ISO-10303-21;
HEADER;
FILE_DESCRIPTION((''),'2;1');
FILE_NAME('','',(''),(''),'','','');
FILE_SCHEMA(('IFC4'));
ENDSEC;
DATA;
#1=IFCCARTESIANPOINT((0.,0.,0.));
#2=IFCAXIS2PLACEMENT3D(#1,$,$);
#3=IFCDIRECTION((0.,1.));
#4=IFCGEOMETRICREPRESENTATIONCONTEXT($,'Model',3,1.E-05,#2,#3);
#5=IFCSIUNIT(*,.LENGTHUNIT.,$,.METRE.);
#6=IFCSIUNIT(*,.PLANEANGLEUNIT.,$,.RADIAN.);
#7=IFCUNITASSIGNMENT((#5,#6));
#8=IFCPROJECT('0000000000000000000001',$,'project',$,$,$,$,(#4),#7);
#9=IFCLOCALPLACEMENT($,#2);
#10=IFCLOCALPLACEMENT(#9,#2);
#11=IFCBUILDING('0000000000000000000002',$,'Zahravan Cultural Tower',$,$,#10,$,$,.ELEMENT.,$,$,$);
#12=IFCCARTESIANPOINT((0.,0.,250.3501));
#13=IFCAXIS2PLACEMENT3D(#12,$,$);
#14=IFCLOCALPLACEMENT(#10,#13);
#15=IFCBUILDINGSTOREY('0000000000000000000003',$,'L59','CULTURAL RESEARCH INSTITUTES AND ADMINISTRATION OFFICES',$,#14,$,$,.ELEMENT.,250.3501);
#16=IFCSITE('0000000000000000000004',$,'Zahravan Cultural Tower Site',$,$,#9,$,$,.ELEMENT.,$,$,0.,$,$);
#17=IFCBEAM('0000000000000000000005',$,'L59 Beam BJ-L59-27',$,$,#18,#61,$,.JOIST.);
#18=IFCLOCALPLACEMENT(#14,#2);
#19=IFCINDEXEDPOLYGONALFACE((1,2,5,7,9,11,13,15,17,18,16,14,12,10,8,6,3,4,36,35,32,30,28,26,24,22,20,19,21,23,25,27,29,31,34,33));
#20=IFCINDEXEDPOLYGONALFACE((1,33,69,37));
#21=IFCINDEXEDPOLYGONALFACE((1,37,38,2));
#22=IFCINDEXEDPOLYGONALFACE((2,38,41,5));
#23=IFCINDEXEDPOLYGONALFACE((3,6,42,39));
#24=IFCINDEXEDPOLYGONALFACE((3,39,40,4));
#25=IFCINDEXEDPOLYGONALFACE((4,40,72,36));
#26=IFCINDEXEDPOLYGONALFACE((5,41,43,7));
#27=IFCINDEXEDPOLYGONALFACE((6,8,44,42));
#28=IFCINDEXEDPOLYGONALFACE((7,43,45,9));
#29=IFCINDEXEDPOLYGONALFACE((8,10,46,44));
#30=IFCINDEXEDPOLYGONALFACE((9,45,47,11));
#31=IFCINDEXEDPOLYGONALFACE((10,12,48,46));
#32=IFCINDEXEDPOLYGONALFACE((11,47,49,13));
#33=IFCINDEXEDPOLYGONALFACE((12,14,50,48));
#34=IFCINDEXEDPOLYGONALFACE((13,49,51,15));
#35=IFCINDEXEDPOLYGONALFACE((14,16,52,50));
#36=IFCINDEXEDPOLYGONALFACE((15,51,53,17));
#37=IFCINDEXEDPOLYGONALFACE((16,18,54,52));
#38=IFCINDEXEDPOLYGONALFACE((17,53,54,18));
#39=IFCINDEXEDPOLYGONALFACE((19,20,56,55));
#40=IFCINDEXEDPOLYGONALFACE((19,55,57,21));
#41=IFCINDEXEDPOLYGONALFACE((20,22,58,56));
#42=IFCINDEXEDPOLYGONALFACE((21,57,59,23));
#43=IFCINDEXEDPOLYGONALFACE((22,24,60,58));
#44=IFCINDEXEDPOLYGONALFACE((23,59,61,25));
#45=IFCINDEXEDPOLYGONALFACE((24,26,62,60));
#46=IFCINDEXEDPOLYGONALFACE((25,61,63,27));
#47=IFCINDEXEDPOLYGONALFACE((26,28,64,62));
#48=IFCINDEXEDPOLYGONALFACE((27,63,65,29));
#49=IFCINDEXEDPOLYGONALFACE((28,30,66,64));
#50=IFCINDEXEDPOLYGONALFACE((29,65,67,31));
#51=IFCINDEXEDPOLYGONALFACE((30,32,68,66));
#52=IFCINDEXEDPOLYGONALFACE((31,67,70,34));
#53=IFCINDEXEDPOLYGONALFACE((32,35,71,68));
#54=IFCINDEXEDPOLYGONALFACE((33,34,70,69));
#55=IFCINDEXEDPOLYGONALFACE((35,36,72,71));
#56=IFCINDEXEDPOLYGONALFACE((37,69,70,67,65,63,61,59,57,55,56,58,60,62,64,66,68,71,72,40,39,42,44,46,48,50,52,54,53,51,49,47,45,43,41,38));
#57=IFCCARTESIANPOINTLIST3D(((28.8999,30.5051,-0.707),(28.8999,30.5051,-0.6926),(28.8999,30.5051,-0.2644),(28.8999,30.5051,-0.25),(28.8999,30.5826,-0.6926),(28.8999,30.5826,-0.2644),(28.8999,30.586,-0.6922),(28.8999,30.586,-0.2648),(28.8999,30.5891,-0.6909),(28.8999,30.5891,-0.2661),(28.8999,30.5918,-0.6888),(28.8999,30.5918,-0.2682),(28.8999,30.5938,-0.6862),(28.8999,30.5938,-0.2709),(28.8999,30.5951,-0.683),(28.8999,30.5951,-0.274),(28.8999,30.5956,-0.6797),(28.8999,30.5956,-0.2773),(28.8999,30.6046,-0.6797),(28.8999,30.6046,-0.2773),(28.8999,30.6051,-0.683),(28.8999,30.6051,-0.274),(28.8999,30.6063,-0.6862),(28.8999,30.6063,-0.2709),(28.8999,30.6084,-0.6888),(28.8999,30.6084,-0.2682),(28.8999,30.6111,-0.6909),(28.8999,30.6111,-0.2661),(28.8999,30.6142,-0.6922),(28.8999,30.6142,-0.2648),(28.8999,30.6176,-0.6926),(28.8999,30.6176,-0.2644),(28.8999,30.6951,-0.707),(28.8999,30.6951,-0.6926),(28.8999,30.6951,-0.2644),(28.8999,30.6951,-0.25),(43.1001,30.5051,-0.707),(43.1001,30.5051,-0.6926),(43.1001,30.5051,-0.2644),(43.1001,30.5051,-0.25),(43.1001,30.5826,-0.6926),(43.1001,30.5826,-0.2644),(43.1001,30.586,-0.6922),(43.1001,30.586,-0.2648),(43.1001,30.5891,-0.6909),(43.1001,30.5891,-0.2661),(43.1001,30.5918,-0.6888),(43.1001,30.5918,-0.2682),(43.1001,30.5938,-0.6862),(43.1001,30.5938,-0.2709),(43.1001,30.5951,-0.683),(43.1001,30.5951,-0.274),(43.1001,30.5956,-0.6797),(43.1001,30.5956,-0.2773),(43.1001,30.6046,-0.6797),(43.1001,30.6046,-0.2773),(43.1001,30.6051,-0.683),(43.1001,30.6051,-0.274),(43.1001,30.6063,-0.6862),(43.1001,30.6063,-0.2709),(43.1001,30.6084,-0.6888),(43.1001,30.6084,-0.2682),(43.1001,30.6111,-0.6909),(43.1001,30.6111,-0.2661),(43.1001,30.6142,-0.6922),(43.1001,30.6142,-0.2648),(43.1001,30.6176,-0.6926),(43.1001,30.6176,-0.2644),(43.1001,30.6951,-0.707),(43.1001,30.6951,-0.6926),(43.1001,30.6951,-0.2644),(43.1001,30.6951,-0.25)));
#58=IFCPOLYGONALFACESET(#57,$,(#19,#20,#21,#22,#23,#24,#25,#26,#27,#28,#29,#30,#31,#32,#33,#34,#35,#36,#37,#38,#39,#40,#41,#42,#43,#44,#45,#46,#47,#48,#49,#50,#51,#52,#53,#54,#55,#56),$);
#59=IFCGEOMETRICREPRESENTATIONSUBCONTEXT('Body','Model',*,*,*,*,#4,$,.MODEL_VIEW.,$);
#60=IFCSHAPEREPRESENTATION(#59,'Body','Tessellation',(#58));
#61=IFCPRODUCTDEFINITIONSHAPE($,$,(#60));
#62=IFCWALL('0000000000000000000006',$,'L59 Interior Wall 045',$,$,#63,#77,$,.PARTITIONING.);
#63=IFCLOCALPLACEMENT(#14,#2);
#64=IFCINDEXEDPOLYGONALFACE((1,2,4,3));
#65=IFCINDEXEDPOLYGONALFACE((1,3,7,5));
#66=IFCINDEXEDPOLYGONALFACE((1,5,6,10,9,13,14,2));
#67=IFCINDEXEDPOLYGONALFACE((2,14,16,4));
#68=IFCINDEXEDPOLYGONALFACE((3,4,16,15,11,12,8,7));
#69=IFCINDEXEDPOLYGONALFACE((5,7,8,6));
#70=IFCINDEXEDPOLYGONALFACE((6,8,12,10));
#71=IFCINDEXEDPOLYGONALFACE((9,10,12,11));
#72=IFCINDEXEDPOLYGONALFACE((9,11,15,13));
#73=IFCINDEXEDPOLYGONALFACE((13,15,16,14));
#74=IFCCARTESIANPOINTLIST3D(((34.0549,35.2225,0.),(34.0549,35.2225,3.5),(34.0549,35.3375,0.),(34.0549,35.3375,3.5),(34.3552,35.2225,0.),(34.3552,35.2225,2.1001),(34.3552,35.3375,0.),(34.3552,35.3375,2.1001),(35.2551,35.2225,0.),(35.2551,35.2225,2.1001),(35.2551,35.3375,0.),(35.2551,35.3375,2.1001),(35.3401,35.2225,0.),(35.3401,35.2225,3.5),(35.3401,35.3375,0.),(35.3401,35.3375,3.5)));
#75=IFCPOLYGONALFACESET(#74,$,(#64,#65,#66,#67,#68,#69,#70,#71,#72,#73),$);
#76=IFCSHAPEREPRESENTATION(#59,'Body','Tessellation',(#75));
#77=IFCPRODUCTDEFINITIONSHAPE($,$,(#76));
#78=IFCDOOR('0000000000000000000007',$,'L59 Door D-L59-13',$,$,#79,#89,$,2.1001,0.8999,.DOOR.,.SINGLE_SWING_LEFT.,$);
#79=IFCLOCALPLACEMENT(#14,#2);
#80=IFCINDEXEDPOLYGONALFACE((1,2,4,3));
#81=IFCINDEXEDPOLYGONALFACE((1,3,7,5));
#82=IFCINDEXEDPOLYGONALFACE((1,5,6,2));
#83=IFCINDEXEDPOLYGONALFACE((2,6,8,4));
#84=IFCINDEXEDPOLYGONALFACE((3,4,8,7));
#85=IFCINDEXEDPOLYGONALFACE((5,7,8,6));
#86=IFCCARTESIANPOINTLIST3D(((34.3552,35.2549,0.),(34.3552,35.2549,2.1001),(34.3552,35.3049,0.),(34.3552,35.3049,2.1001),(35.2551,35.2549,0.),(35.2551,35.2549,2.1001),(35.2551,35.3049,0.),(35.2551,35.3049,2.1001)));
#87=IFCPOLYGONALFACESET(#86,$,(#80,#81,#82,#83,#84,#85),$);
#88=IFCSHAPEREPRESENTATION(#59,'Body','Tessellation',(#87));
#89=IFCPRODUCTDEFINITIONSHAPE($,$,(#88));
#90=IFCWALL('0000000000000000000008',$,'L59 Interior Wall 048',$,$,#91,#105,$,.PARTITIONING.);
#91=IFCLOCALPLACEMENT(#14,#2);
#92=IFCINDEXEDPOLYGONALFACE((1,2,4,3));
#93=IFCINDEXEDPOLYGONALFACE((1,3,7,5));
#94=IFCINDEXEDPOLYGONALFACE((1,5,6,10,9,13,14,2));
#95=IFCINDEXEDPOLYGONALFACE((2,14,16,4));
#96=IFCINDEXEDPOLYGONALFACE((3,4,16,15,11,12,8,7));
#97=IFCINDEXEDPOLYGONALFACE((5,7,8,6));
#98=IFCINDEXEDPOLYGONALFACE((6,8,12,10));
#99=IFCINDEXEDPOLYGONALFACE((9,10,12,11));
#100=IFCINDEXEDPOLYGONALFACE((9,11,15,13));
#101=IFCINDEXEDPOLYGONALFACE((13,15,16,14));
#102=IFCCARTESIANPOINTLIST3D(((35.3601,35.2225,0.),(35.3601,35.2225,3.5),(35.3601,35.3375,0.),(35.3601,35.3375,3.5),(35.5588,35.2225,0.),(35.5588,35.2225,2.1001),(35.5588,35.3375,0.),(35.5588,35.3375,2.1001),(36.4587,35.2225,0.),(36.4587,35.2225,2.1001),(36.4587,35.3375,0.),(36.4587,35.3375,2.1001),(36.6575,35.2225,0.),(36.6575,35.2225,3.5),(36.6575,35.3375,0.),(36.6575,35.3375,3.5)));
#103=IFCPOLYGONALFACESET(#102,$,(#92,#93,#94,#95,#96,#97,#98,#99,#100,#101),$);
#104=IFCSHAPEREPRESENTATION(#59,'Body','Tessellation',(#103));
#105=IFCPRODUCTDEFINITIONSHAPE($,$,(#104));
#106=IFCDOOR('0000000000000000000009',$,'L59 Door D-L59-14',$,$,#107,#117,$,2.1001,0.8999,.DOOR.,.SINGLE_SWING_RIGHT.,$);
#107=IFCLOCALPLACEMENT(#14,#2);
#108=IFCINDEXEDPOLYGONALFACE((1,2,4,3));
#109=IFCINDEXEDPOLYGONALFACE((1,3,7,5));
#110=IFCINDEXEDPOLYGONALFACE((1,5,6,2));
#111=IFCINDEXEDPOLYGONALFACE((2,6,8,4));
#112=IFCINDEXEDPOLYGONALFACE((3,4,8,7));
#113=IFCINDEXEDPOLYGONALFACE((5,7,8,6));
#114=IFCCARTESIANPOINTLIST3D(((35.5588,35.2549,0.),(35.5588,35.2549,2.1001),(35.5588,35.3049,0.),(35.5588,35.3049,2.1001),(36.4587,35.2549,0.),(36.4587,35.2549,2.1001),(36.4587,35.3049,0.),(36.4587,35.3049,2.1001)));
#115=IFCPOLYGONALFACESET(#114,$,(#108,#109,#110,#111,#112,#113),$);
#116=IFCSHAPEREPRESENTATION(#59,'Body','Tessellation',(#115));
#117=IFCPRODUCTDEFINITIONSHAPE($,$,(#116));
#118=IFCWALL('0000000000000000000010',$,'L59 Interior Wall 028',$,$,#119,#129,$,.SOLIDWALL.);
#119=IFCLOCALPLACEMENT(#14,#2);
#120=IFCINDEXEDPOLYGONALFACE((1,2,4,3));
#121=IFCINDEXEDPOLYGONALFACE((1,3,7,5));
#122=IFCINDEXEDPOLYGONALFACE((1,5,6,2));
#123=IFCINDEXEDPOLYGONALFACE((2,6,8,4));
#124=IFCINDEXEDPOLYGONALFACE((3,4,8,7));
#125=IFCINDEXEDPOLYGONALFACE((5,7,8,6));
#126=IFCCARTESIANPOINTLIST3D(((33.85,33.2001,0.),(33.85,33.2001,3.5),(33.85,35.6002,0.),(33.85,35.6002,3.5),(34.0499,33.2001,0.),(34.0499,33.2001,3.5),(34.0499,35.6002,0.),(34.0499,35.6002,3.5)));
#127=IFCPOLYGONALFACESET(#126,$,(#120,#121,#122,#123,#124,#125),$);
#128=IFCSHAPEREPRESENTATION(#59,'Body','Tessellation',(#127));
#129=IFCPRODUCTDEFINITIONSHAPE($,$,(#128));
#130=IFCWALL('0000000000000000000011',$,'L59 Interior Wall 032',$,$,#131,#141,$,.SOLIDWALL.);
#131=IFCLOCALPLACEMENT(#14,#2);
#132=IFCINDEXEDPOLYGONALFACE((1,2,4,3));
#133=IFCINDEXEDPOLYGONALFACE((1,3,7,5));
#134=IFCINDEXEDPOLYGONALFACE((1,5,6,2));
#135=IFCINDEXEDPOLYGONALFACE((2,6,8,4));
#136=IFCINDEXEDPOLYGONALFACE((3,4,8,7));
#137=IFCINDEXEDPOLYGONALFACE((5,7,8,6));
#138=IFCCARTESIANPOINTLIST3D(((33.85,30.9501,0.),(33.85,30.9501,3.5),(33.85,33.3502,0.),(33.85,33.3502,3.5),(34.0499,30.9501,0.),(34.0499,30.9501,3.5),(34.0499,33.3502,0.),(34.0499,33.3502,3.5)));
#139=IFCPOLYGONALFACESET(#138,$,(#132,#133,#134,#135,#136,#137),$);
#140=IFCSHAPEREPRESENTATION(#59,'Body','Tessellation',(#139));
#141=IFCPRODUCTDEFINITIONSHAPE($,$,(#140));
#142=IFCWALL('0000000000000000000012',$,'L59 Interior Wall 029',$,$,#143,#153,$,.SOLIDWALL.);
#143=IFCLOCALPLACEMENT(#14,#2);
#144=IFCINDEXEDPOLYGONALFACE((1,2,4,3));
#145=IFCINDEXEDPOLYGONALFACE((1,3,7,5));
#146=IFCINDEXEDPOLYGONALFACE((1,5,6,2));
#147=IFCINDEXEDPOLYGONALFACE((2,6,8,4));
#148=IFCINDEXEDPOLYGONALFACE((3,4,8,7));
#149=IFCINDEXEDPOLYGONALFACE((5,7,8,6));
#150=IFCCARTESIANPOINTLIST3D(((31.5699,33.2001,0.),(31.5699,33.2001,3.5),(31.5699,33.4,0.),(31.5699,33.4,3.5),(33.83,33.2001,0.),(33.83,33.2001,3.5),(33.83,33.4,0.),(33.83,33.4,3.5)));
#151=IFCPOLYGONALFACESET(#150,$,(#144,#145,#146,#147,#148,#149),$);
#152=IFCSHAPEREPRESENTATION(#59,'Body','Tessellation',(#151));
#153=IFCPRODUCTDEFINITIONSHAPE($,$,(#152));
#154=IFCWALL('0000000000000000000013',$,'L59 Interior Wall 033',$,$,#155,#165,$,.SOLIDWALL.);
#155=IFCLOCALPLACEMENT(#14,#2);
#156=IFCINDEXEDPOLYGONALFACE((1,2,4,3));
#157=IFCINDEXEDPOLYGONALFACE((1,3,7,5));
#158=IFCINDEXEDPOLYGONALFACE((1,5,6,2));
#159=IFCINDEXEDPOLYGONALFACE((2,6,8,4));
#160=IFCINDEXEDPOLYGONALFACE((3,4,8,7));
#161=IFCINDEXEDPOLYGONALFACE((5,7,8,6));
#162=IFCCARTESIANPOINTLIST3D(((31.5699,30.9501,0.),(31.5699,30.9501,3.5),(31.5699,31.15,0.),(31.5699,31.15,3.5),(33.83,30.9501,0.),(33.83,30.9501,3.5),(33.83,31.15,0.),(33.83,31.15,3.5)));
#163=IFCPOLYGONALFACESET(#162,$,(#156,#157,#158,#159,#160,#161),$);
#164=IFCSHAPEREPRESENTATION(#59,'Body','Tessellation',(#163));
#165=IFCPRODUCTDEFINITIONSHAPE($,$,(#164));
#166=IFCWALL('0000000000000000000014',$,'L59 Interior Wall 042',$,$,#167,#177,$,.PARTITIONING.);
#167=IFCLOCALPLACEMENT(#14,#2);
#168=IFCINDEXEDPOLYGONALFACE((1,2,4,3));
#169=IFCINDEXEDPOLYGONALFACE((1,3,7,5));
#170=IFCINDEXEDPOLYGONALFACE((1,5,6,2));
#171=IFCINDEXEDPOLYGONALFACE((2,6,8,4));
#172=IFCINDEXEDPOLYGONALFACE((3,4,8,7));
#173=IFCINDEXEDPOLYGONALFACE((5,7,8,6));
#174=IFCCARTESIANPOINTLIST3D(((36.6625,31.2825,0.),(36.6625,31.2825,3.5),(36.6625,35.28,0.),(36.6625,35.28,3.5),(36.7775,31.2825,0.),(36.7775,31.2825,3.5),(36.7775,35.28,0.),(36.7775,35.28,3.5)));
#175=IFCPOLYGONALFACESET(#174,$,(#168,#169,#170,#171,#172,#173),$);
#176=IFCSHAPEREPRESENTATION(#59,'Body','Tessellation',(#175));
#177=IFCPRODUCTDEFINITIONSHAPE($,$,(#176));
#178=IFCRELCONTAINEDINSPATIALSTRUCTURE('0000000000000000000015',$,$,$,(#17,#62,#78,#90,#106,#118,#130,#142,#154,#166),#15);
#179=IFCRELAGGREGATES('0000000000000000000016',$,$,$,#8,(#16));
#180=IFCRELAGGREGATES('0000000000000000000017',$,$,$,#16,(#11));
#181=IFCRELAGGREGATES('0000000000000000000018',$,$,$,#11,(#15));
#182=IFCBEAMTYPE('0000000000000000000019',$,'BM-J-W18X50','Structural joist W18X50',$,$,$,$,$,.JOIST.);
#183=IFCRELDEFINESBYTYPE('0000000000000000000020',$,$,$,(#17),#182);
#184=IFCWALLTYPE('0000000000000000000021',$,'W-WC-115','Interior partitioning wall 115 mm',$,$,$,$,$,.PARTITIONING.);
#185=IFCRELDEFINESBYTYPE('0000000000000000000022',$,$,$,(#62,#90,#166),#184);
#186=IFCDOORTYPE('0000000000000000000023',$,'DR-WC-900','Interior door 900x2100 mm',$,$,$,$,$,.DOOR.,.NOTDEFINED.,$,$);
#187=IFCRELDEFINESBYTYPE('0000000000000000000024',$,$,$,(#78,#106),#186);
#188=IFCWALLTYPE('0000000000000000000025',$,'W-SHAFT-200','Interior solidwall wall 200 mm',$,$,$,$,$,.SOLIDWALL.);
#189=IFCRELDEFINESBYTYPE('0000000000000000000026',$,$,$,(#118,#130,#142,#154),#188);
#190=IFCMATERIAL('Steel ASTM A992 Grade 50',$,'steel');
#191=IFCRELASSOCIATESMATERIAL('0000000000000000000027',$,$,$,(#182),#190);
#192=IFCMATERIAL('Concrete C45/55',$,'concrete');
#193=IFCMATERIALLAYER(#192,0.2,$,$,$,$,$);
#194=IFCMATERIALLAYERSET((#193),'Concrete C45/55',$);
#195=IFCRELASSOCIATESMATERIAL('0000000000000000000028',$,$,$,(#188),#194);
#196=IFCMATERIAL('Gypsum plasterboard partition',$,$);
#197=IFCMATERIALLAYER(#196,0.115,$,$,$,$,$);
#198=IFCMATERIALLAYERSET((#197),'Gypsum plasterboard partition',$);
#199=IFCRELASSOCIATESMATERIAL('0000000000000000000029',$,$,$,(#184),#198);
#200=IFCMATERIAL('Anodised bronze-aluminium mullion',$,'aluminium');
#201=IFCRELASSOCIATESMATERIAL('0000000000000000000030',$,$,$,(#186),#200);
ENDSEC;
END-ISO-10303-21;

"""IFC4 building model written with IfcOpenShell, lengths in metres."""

from ifc_helpers import new_model, si_unit, direction, frame, frame_2d, origin, origin_2d, place, context, subcontext, project, spatial, rectangle, i_section, extrude, source, transform, mapped, material, layer, layer_set, material_profile, profile_set, type_object, element, fill, save


model = new_model("IFC4")

# Units and contexts
model_context = context("Model", 3, precision=1e-05, world=origin(), true_north=direction((0.0, 1.0)))
body_context = subcontext(model_context, "Body", "Model", "MODEL_VIEW")
ifc_project = project(units=[si_unit("LENGTHUNIT", "METRE"), si_unit("PLANEANGLEUNIT", "RADIAN")], contexts=[model_context])

# Site, building, storey
site_placement = place(None, origin())
site = spatial("IfcSite", under=ifc_project, at=site_placement, Name="Zahravan Cultural Tower Site", CompositionType="ELEMENT", RefElevation=0.0)
building_placement = place(site_placement, origin())
building = spatial("IfcBuilding", under=site, at=building_placement, Name="Zahravan Cultural Tower", CompositionType="ELEMENT")
storey_placement = place(building_placement, frame((0.0, 0.0, 250.3501)))
storey = spatial("IfcBuildingStorey", under=building, at=storey_placement, Name="L59", Description="CULTURAL RESEARCH INSTITUTES AND ADMINISTRATION OFFICES", CompositionType="ELEMENT", Elevation=250.3501)

# Beam
ifc_material_1 = material(Name="Steel ASTM A992 Grade 50", Category="steel")
ifc_material_profile = material_profile(ifc_material_1, i_section(OverallWidth=0.1899, OverallDepth=0.457, WebThickness=0.009, FlangeThickness=0.0144, FilletRadius=0.0129, at=origin_2d()), Name="W18X50")
ifc_profile_set = profile_set([ifc_material_profile], Name="Steel ASTM A992 Grade 50")
beam_type = type_object("IfcBeamType", Name="BM-J-W18X50", Description="Structural joist W18X50", PredefinedType="JOIST", material=ifc_profile_set)
shared_shape_1 = source(origin(), body_context, "Body", "SweptSolid", [
    extrude(i_section(OverallWidth=0.1899, OverallDepth=0.457, WebThickness=0.009, FlangeThickness=0.0144, FilletRadius=0.0129, at=origin_2d()), origin(), (0.0, 0.0, 1.0), 14.2002),
])
beam_placement = place(storey_placement, frame((28.8999, 30.6001, -0.4785), z_axis=(1.0, 0.0, 0.0), x_axis=(0.0, 1.0, 0.0)))
element("IfcBeam", 1, at=beam_placement, inside=storey, type_object=beam_type, Name="L59 Beam BJ-L59-27", PredefinedType="JOIST", context=body_context, shape_type="MappedRepresentation", body=[
    mapped(shared_shape_1, transform((0.0, 0.0, 0.0), x_axis=(1.0, 0.0, 0.0), y_axis=(0.0, 1.0, 0.0), z_axis=(0.0, 0.0, 1.0), scale=1.0)),
])

# Walls, openings, doors
ifc_material_2 = material(Name="Concrete C45/55", Category="concrete")
ifc_layer_1 = layer(ifc_material_2, 0.2)
ifc_layer_set_1 = layer_set([ifc_layer_1], Name="Concrete C45/55")
wall_type_1 = type_object("IfcWallType", Name="W-SHAFT-200", Description="Interior solidwall wall 200 mm", PredefinedType="SOLIDWALL", material=ifc_layer_set_1)
ifc_material_3 = material(Name="Gypsum plasterboard partition")
ifc_layer_2 = layer(ifc_material_3, 0.115)
ifc_layer_set_2 = layer_set([ifc_layer_2], Name="Gypsum plasterboard partition")
wall_type_2 = type_object("IfcWallType", Name="W-WC-115", Description="Interior partitioning wall 115 mm", PredefinedType="PARTITIONING", material=ifc_layer_set_2)
wall_1_placement = place(storey_placement, frame((34.0549, 35.28, 0.0), z_axis=(0.0, 0.0, 1.0), x_axis=(1.0, 0.0, 0.0)))
wall_1 = element("IfcWall", 2, at=wall_1_placement, inside=storey, type_object=wall_type_2, Name="L59 Interior Wall 045", PredefinedType="PARTITIONING", context=body_context, shape_type="SweptSolid", body=[
    extrude(rectangle(XDim=1.2852, YDim=0.115, at=frame_2d((0.6426, 0.0))), origin(), (0.0, 0.0, 1.0), 3.5),
])
opening_1_placement = place(wall_1_placement, frame((0.3003, 0.0, 0.0)))
opening_1 = element("IfcOpeningElement", 3, at=opening_1_placement, cuts=wall_1, PredefinedType="OPENING", context=body_context, shape_type="SweptSolid", body=[
    extrude(rectangle(XDim=0.8999, YDim=2.1001, at=frame_2d((0.45, 1.05))), frame((0.0, 0.0674, 0.0), z_axis=(0.0, -1.0, 0.0), x_axis=(1.0, 0.0, 0.0)), (0.0, 0.0, 1.0), 0.135),
])
ifc_material_4 = material(Name="Anodised bronze-aluminium mullion", Category="aluminium")
door_type_1 = type_object("IfcDoorType", Name="DR-WC-900", Description="Interior door 900x2100 mm", OperationType="NOTDEFINED", PredefinedType="DOOR", material=ifc_material_4)
shared_shape_2 = source(origin(), body_context, "Body", "SweptSolid", [
    extrude(rectangle(XDim=0.8999, YDim=2.1001, at=frame_2d((0.45, 1.05))), frame((0.0, 0.0249, 0.0), z_axis=(0.0, -1.0, 0.0), x_axis=(1.0, 0.0, 0.0)), (0.0, 0.0, 1.0), 0.05),
])
door_1_placement = place(opening_1_placement, origin())
door_1 = element("IfcDoor", 4, at=door_1_placement, inside=storey, type_object=door_type_1, Name="L59 Door D-L59-13", OperationType="SINGLE_SWING_LEFT", OverallHeight=2.1001, OverallWidth=0.8999, PredefinedType="DOOR", context=body_context, shape_type="MappedRepresentation", body=[
    mapped(shared_shape_2, transform((0.0, 0.0, 0.0), x_axis=(1.0, 0.0, 0.0), y_axis=(0.0, 1.0, 0.0), z_axis=(0.0, 0.0, 1.0), scale=1.0)),
])
fill(opening_1, door_1)
wall_2_placement = place(storey_placement, frame((35.3601, 35.28, 0.0), z_axis=(0.0, 0.0, 1.0), x_axis=(1.0, 0.0, 0.0)))
wall_2 = element("IfcWall", 5, at=wall_2_placement, inside=storey, type_object=wall_type_2, Name="L59 Interior Wall 048", PredefinedType="PARTITIONING", context=body_context, shape_type="SweptSolid", body=[
    extrude(rectangle(XDim=1.2974, YDim=0.115, at=frame_2d((0.6487, 0.0))), origin(), (0.0, 0.0, 1.0), 3.5),
])
opening_2_placement = place(wall_2_placement, frame((0.1987, 0.0, 0.0)))
opening_2 = element("IfcOpeningElement", 6, at=opening_2_placement, cuts=wall_2, PredefinedType="OPENING", context=body_context, shape_type="SweptSolid", body=[
    extrude(rectangle(XDim=0.8999, YDim=2.1001, at=frame_2d((0.45, 1.05))), frame((0.0, 0.0674, 0.0), z_axis=(0.0, -1.0, 0.0), x_axis=(1.0, 0.0, 0.0)), (0.0, 0.0, 1.0), 0.135),
])
door_2_placement = place(opening_2_placement, origin())
door_2 = element("IfcDoor", 7, at=door_2_placement, inside=storey, type_object=door_type_1, Name="L59 Door D-L59-14", OperationType="SINGLE_SWING_RIGHT", OverallHeight=2.1001, OverallWidth=0.8999, PredefinedType="DOOR", context=body_context, shape_type="MappedRepresentation", body=[
    mapped(shared_shape_2, transform((0.0, 0.0, 0.0), x_axis=(1.0, 0.0, 0.0), y_axis=(0.0, 1.0, 0.0), z_axis=(0.0, 0.0, 1.0), scale=1.0)),
])
fill(opening_2, door_2)

# Walls
shared_shape_3 = source(origin(), body_context, "Body", "SweptSolid", [
    extrude(rectangle(XDim=2.4001, YDim=0.2, at=frame_2d((1.2002, 0.0))), origin(), (0.0, 0.0, 1.0), 3.5),
])
for number, where, z_axis, x_axis, name in (
    (8, (33.95, 33.2, 0.0), (0.0, 0.0, 1.0), (0.0, 1.0, 0.0), "L59 Interior Wall 028"),
    (9, (33.95, 30.95, 0.0), (0.0, 0.0, 1.0), (0.0, 1.0, 0.0), "L59 Interior Wall 032"),
):
    element("IfcWall", number, at=place(storey_placement, frame(where, z_axis=z_axis, x_axis=x_axis)), inside=storey, type_object=wall_type_1, Name=name, PredefinedType="SOLIDWALL", context=body_context, shape_type="MappedRepresentation", body=[
        mapped(shared_shape_3, transform((0.0, 0.0, 0.0), x_axis=(1.0, 0.0, 0.0), y_axis=(0.0, 1.0, 0.0), z_axis=(0.0, 0.0, 1.0), scale=1.0)),
    ])
shared_shape_4 = source(origin(), body_context, "Body", "SweptSolid", [
    extrude(rectangle(XDim=2.26, YDim=0.2, at=frame_2d((1.1299, 0.0))), origin(), (0.0, 0.0, 1.0), 3.5),
])
for number, where, z_axis, x_axis, name in (
    (10, (31.5701, 33.3, 0.0), (0.0, 0.0, 1.0), (1.0, 0.0, 0.0), "L59 Interior Wall 029"),
    (11, (31.5701, 31.05, 0.0), (0.0, 0.0, 1.0), (1.0, 0.0, 0.0), "L59 Interior Wall 033"),
):
    element("IfcWall", number, at=place(storey_placement, frame(where, z_axis=z_axis, x_axis=x_axis)), inside=storey, type_object=wall_type_1, Name=name, PredefinedType="SOLIDWALL", context=body_context, shape_type="MappedRepresentation", body=[
        mapped(shared_shape_4, transform((0.0, 0.0, 0.0), x_axis=(1.0, 0.0, 0.0), y_axis=(0.0, 1.0, 0.0), z_axis=(0.0, 0.0, 1.0), scale=1.0)),
    ])
shared_shape_5 = source(origin(), body_context, "Body", "SweptSolid", [
    extrude(rectangle(XDim=3.9976, YDim=0.115, at=frame_2d((1.9988, 0.0))), origin(), (0.0, 0.0, 1.0), 3.5),
])
wall_3_placement = place(storey_placement, frame((36.72, 31.2825, 0.0), z_axis=(0.0, 0.0, 1.0), x_axis=(0.0, 1.0, 0.0)))
element("IfcWall", 12, at=wall_3_placement, inside=storey, type_object=wall_type_2, Name="L59 Interior Wall 042", PredefinedType="PARTITIONING", context=body_context, shape_type="MappedRepresentation", body=[
    mapped(shared_shape_5, transform((0.0, 0.0, 0.0), x_axis=(1.0, 0.0, 0.0), y_axis=(0.0, 1.0, 0.0), z_axis=(0.0, 0.0, 1.0), scale=1.0)),
])

save(model, "model.ifc")
